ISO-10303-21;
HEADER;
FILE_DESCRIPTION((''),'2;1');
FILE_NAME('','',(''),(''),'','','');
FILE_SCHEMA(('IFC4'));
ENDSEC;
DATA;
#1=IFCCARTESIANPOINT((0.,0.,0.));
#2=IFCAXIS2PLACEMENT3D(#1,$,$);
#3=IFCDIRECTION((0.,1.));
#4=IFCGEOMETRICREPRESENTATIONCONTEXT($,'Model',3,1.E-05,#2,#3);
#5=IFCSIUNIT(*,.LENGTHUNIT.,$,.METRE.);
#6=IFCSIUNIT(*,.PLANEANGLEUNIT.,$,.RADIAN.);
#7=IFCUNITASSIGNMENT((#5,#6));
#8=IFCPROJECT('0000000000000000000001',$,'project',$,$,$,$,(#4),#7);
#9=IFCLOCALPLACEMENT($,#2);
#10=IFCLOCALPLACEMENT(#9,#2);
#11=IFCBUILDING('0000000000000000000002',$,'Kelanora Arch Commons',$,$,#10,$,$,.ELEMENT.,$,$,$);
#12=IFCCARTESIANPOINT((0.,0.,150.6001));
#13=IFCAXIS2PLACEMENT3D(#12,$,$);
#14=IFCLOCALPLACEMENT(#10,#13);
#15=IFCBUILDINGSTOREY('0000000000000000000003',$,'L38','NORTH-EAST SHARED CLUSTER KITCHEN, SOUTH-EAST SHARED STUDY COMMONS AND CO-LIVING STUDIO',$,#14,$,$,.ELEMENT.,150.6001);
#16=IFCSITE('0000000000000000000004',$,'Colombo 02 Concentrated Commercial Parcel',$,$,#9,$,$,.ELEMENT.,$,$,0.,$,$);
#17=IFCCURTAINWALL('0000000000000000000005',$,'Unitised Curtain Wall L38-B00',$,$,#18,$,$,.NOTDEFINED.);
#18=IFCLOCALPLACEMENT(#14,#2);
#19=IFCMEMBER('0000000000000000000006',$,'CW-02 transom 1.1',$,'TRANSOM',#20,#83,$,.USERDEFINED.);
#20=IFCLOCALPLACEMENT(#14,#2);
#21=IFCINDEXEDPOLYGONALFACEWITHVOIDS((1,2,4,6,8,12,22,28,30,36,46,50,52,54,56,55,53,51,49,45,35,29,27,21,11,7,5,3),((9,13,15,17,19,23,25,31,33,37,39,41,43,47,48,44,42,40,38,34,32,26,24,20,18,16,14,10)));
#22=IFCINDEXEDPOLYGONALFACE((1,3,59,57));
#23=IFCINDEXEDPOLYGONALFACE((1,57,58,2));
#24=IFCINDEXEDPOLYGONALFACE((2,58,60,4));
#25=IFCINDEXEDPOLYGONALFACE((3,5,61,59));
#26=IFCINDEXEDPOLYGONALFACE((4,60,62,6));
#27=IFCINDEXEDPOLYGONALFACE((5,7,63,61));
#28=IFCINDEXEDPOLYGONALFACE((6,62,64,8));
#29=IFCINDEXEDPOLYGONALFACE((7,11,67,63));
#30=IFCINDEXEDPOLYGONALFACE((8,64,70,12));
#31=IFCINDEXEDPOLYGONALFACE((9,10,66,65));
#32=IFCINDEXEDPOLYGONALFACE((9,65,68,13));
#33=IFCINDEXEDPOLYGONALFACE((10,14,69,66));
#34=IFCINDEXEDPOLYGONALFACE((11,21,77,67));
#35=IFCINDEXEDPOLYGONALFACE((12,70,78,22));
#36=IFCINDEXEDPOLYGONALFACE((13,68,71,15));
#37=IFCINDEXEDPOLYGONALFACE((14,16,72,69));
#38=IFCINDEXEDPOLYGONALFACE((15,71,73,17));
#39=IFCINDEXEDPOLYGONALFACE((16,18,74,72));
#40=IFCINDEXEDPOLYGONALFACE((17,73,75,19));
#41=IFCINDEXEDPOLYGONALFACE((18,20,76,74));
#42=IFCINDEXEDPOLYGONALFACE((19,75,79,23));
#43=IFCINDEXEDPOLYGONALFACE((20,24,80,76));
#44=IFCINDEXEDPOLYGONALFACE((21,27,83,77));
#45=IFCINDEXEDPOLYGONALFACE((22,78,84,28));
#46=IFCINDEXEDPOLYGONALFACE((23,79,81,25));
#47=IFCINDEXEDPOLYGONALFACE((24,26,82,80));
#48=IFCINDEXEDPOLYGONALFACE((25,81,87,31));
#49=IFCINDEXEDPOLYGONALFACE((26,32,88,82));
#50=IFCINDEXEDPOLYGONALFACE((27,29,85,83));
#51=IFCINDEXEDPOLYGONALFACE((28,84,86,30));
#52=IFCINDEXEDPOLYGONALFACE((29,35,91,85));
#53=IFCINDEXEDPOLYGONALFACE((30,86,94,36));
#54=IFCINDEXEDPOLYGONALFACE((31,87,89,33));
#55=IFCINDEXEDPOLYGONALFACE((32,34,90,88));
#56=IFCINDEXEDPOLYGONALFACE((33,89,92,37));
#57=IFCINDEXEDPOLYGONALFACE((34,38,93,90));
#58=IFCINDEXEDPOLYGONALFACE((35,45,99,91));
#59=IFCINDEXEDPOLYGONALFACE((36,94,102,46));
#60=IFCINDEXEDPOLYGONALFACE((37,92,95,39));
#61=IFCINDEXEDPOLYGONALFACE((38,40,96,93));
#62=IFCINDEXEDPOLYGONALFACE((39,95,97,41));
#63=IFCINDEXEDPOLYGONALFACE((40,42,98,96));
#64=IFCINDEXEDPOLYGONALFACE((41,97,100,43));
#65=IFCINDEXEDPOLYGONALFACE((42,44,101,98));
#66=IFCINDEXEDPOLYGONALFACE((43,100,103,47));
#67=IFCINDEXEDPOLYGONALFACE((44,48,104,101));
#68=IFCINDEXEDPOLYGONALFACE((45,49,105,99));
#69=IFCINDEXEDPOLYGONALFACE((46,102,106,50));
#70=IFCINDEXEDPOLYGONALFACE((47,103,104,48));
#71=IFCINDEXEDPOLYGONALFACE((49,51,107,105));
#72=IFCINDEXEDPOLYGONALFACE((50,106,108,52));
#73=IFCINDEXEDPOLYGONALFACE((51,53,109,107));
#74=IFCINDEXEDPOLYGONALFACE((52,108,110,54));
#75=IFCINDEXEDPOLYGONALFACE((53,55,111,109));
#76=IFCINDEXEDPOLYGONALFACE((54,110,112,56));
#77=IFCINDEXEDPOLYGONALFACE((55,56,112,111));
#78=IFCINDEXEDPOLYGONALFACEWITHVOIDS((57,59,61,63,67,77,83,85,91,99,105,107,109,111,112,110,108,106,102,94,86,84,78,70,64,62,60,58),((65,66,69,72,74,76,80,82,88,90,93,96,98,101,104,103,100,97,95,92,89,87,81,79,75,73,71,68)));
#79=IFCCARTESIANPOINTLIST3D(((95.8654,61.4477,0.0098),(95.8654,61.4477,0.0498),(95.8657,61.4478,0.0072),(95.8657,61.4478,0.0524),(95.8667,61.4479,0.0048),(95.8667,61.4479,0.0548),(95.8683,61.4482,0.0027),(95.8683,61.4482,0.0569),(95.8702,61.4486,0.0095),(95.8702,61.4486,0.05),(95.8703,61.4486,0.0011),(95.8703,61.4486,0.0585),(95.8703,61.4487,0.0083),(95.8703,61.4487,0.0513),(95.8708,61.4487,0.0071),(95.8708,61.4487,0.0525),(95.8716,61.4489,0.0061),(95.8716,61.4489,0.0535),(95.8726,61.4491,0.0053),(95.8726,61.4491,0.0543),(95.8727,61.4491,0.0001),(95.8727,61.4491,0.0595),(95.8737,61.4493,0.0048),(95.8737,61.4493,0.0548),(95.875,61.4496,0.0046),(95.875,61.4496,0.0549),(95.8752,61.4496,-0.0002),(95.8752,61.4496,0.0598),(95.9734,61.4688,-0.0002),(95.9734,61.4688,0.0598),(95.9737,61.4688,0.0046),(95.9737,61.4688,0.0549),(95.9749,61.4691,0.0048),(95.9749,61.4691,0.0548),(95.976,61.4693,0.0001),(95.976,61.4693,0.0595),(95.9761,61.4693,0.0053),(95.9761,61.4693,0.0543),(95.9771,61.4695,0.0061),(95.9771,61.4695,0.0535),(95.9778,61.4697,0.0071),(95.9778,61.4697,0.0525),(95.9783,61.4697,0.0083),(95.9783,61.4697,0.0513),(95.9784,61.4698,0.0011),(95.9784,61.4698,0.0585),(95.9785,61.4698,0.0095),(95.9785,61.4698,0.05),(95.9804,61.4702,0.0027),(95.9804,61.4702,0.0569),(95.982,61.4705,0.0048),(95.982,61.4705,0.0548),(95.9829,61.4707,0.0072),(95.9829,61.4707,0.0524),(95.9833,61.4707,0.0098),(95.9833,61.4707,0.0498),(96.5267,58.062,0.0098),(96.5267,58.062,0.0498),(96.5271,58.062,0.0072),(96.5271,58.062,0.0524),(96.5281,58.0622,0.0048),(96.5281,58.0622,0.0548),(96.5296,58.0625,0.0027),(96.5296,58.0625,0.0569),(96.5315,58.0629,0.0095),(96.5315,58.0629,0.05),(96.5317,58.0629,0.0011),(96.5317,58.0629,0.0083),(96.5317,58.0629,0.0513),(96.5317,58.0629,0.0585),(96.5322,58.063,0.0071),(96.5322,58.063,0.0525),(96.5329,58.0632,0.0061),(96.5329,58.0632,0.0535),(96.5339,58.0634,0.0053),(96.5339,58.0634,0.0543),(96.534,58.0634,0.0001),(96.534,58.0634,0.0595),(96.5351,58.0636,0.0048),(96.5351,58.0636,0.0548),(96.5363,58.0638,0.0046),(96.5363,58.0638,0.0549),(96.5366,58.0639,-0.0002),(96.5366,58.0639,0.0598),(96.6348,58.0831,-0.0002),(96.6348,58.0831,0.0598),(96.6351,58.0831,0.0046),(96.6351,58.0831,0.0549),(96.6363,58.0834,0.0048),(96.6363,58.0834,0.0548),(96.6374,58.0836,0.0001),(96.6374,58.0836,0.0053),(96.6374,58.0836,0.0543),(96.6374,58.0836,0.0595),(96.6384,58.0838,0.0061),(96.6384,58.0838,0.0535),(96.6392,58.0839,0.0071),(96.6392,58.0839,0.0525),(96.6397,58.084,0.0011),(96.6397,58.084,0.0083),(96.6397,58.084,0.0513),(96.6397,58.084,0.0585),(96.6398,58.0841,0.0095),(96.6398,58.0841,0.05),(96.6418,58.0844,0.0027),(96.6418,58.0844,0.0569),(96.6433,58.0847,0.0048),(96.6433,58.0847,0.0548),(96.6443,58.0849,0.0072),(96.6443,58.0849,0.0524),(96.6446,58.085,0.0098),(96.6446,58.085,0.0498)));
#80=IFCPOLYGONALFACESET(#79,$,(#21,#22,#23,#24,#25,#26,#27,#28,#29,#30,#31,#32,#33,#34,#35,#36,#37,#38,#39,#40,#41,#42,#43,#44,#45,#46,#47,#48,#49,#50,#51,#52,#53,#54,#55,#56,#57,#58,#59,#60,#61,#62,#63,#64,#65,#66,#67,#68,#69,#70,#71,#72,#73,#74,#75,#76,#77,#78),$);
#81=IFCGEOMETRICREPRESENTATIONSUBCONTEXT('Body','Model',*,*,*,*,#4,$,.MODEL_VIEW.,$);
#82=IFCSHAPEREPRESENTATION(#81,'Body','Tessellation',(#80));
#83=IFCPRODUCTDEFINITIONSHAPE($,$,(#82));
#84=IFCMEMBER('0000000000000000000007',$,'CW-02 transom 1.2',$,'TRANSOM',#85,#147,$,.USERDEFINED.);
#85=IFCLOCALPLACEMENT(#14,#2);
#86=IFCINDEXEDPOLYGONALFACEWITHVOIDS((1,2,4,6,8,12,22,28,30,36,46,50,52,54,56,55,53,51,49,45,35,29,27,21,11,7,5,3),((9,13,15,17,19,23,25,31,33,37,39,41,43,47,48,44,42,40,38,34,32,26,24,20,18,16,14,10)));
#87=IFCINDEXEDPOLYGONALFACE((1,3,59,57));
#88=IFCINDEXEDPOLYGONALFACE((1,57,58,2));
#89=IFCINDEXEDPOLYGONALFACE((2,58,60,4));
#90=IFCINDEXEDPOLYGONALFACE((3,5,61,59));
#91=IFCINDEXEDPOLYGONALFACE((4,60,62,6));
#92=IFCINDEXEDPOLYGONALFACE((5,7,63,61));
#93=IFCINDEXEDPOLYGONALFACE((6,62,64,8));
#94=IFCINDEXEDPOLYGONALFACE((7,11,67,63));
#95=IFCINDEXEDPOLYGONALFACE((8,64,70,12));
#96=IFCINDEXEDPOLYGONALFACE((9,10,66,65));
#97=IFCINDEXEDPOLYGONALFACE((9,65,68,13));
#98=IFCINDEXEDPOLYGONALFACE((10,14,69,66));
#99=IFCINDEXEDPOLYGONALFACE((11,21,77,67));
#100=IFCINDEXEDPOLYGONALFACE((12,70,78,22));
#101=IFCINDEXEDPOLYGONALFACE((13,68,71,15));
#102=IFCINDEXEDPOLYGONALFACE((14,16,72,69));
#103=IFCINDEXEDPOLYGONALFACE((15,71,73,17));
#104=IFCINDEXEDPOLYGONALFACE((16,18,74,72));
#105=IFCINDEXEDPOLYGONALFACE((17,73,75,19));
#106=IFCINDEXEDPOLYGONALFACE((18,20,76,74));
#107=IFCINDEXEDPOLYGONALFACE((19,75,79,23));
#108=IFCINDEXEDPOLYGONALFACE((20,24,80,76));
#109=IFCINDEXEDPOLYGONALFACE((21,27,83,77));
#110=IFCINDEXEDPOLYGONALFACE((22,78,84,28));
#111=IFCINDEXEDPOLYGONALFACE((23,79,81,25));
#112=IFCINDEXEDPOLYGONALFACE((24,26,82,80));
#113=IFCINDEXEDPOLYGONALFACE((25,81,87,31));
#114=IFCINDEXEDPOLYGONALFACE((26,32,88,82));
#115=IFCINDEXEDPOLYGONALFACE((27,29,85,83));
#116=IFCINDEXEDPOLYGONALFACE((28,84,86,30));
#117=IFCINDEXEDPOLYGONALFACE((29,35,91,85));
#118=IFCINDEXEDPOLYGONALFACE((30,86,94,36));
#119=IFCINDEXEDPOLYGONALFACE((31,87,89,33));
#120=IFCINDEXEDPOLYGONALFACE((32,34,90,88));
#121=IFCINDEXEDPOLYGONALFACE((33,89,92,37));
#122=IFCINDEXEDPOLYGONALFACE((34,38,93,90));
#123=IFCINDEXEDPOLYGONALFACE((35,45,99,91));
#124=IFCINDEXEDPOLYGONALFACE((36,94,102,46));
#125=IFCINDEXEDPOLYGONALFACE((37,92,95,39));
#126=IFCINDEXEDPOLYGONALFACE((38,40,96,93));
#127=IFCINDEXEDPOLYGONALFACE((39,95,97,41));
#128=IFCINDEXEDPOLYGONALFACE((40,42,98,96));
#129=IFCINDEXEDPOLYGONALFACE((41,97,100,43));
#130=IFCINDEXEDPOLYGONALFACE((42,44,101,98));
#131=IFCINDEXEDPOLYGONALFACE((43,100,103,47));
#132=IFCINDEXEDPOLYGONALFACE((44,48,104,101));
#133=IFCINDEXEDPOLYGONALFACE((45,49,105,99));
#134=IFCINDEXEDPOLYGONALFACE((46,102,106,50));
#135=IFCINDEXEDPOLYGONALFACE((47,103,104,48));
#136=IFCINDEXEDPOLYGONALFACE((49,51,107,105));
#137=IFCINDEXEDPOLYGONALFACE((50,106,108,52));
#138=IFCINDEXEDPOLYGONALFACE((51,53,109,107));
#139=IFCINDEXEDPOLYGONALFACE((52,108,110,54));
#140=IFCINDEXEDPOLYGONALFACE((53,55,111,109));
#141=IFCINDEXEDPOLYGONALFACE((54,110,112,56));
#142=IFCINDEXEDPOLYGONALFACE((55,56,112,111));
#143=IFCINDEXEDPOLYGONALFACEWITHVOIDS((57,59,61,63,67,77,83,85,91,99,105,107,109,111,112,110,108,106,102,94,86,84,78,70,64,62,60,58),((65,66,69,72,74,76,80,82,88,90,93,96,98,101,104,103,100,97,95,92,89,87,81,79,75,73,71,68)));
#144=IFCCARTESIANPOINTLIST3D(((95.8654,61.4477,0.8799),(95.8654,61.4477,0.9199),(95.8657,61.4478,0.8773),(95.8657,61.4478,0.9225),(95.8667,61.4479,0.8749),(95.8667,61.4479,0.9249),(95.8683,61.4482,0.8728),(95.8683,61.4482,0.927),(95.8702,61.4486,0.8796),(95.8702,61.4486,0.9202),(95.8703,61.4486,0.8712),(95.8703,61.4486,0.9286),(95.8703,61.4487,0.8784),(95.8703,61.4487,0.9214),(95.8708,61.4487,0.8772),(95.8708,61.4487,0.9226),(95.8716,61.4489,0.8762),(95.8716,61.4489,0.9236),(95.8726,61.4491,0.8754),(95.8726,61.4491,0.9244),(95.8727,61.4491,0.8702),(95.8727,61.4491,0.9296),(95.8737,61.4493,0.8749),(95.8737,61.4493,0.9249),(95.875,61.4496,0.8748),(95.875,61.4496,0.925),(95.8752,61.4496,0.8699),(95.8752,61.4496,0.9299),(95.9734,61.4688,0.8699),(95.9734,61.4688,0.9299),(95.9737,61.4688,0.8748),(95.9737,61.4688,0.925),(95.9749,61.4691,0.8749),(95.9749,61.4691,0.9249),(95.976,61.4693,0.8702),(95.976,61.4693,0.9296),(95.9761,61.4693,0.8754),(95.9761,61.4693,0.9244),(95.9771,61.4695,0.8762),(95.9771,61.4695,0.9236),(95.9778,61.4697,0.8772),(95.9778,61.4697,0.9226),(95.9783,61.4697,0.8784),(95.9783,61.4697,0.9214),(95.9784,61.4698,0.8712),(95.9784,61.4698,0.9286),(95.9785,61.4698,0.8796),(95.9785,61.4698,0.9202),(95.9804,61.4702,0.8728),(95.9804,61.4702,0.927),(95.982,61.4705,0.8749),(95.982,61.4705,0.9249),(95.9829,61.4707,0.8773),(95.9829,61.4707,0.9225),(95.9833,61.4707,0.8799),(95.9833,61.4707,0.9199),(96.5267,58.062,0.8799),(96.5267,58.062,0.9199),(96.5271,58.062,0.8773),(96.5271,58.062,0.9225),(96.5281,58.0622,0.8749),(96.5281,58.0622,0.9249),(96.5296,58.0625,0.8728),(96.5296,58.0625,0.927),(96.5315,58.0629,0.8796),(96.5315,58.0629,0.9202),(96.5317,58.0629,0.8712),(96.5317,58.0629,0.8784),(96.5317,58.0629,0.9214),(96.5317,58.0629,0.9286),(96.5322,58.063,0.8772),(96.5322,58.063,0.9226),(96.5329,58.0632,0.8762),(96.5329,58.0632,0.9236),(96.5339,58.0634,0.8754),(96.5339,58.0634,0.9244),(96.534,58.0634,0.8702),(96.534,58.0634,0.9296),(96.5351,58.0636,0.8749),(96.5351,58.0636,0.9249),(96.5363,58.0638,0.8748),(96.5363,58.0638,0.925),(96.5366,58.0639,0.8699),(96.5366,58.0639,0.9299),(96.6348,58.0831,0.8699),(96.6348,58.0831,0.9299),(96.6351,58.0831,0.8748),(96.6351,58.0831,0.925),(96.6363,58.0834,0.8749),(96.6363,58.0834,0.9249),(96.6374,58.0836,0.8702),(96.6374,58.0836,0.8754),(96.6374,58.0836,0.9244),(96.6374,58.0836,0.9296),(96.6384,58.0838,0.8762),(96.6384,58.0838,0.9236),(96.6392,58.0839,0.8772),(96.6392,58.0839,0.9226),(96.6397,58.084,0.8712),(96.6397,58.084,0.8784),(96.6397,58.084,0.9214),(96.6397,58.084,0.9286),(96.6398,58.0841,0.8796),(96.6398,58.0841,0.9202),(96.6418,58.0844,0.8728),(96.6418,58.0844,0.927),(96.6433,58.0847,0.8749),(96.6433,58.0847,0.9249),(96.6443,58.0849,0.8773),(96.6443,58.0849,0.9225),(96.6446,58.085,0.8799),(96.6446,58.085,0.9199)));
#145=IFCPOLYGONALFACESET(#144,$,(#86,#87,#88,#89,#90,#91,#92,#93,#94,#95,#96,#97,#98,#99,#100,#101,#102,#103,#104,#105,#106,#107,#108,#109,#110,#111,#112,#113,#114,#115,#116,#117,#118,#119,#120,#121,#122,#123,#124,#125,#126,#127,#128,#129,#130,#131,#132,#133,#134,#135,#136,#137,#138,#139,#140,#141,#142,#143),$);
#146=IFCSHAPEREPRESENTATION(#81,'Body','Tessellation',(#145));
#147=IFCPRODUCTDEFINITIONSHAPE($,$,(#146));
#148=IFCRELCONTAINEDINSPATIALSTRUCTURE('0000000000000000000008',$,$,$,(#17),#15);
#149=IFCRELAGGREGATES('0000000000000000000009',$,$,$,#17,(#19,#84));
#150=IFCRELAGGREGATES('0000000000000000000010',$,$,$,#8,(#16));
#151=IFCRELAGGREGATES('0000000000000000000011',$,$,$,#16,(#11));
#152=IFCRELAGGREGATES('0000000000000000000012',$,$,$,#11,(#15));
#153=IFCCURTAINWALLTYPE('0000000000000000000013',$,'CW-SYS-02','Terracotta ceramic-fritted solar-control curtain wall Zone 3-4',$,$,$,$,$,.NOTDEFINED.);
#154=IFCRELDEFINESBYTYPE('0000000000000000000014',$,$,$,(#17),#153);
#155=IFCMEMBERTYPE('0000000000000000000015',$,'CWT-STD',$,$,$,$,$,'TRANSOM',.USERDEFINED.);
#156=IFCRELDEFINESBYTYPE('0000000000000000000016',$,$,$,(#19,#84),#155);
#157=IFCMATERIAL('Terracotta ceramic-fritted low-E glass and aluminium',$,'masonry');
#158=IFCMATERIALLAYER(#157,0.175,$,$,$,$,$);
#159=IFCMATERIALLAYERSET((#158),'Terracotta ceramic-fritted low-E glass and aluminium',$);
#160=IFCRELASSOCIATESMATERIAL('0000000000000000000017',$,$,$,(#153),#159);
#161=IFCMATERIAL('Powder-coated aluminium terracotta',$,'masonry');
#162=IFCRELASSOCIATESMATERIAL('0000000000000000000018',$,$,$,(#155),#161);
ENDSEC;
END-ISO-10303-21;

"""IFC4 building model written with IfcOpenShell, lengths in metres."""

from ifc_helpers import new_model, si_unit, direction, frame, origin, origin_2d, place, context, subcontext, project, spatial, hollow_rectangle, extrude, material, layer, layer_set, material_profile, profile_set, type_object, element, aggregate, save


model = new_model("IFC4")

# Units and contexts
model_context = context("Model", 3, precision=1e-05, world=origin(), true_north=direction((0.0, 1.0)))
body_context = subcontext(model_context, "Body", "Model", "MODEL_VIEW")
ifc_project = project(units=[si_unit("LENGTHUNIT", "METRE"), si_unit("PLANEANGLEUNIT", "RADIAN")], contexts=[model_context])

# Site, building, storey
site_placement = place(None, origin())
site = spatial("IfcSite", under=ifc_project, at=site_placement, Name="Colombo 02 Concentrated Commercial Parcel", CompositionType="ELEMENT", RefElevation=0.0)
building_placement = place(site_placement, origin())
building = spatial("IfcBuilding", under=site, at=building_placement, Name="Kelanora Arch Commons", CompositionType="ELEMENT")
storey_placement = place(building_placement, frame((0.0, 0.0, 150.6001)))
storey = spatial("IfcBuildingStorey", under=building, at=storey_placement, Name="L38", Description="NORTH-EAST SHARED CLUSTER KITCHEN, SOUTH-EAST SHARED STUDY COMMONS AND CO-LIVING STUDIO", CompositionType="ELEMENT", Elevation=150.6001)

# Curtain wall, members
ifc_material_1 = material(Name="Terracotta ceramic-fritted low-E glass and aluminium", Category="masonry")
ifc_layer_1 = layer(ifc_material_1, 0.175)
ifc_layer_set_1 = layer_set([ifc_layer_1], Name="Terracotta ceramic-fritted low-E glass and aluminium")
curtain_wall_type = type_object("IfcCurtainWallType", Name="CW-SYS-02", Description="Terracotta ceramic-fritted solar-control curtain wall Zone 3-4", PredefinedType="NOTDEFINED", material=ifc_layer_set_1)
curtain_wall_placement = place(storey_placement, origin())
curtain_wall = element("IfcCurtainWall", 1, at=curtain_wall_placement, inside=storey, type_object=curtain_wall_type, Name="Unitised Curtain Wall L38-B00", PredefinedType="NOTDEFINED")
ifc_material_2 = material(Name="Powder-coated aluminium terracotta", Category="masonry")
ifc_material_profile_1 = material_profile(ifc_material_2, hollow_rectangle(XDim=0.1201, YDim=0.0601, WallThickness=0.0049, InnerFilletRadius=0.0049, OuterFilletRadius=0.01, at=origin_2d()), Name="CWT120x60")
ifc_profile_set_1 = profile_set([ifc_material_profile_1], Name="Powder-coated aluminium terracotta")
member_type_1 = type_object("IfcMemberType", Name="CWT-STD", ElementType="TRANSOM", PredefinedType="USERDEFINED", material=ifc_profile_set_1)
member_1_placement = place(storey_placement, frame((96.5857, 58.0735, 0.0298), z_axis=(-0.191718, 0.98145, 0.0), x_axis=(-0.98145, -0.191718, 0.0)))
member_1 = element("IfcMember", 2, at=member_1_placement, type_object=member_type_1, Name="CW-02 transom 1.1", ObjectType="TRANSOM", PredefinedType="USERDEFINED", context=body_context, shape_type="SweptSolid", body=[
    extrude(hollow_rectangle(XDim=0.1201, YDim=0.0601, WallThickness=0.0049, InnerFilletRadius=0.0049, OuterFilletRadius=0.01, at=origin_2d()), origin(), (0.0, 0.0, 1.0), 3.4497),
])
member_2_placement = place(storey_placement, frame((96.5857, 58.0735, 0.8999), z_axis=(-0.191718, 0.98145, 0.0), x_axis=(-0.98145, -0.191718, 0.0)))
member_2 = element("IfcMember", 3, at=member_2_placement, type_object=member_type_1, Name="CW-02 transom 1.2", ObjectType="TRANSOM", PredefinedType="USERDEFINED", context=body_context, shape_type="SweptSolid", body=[
    extrude(hollow_rectangle(XDim=0.1201, YDim=0.0601, WallThickness=0.0049, InnerFilletRadius=0.0049, OuterFilletRadius=0.01, at=origin_2d()), origin(), (0.0, 0.0, 1.0), 3.4497),
])
aggregate(curtain_wall, [member_1, member_2])

save(model, "model.ifc")
